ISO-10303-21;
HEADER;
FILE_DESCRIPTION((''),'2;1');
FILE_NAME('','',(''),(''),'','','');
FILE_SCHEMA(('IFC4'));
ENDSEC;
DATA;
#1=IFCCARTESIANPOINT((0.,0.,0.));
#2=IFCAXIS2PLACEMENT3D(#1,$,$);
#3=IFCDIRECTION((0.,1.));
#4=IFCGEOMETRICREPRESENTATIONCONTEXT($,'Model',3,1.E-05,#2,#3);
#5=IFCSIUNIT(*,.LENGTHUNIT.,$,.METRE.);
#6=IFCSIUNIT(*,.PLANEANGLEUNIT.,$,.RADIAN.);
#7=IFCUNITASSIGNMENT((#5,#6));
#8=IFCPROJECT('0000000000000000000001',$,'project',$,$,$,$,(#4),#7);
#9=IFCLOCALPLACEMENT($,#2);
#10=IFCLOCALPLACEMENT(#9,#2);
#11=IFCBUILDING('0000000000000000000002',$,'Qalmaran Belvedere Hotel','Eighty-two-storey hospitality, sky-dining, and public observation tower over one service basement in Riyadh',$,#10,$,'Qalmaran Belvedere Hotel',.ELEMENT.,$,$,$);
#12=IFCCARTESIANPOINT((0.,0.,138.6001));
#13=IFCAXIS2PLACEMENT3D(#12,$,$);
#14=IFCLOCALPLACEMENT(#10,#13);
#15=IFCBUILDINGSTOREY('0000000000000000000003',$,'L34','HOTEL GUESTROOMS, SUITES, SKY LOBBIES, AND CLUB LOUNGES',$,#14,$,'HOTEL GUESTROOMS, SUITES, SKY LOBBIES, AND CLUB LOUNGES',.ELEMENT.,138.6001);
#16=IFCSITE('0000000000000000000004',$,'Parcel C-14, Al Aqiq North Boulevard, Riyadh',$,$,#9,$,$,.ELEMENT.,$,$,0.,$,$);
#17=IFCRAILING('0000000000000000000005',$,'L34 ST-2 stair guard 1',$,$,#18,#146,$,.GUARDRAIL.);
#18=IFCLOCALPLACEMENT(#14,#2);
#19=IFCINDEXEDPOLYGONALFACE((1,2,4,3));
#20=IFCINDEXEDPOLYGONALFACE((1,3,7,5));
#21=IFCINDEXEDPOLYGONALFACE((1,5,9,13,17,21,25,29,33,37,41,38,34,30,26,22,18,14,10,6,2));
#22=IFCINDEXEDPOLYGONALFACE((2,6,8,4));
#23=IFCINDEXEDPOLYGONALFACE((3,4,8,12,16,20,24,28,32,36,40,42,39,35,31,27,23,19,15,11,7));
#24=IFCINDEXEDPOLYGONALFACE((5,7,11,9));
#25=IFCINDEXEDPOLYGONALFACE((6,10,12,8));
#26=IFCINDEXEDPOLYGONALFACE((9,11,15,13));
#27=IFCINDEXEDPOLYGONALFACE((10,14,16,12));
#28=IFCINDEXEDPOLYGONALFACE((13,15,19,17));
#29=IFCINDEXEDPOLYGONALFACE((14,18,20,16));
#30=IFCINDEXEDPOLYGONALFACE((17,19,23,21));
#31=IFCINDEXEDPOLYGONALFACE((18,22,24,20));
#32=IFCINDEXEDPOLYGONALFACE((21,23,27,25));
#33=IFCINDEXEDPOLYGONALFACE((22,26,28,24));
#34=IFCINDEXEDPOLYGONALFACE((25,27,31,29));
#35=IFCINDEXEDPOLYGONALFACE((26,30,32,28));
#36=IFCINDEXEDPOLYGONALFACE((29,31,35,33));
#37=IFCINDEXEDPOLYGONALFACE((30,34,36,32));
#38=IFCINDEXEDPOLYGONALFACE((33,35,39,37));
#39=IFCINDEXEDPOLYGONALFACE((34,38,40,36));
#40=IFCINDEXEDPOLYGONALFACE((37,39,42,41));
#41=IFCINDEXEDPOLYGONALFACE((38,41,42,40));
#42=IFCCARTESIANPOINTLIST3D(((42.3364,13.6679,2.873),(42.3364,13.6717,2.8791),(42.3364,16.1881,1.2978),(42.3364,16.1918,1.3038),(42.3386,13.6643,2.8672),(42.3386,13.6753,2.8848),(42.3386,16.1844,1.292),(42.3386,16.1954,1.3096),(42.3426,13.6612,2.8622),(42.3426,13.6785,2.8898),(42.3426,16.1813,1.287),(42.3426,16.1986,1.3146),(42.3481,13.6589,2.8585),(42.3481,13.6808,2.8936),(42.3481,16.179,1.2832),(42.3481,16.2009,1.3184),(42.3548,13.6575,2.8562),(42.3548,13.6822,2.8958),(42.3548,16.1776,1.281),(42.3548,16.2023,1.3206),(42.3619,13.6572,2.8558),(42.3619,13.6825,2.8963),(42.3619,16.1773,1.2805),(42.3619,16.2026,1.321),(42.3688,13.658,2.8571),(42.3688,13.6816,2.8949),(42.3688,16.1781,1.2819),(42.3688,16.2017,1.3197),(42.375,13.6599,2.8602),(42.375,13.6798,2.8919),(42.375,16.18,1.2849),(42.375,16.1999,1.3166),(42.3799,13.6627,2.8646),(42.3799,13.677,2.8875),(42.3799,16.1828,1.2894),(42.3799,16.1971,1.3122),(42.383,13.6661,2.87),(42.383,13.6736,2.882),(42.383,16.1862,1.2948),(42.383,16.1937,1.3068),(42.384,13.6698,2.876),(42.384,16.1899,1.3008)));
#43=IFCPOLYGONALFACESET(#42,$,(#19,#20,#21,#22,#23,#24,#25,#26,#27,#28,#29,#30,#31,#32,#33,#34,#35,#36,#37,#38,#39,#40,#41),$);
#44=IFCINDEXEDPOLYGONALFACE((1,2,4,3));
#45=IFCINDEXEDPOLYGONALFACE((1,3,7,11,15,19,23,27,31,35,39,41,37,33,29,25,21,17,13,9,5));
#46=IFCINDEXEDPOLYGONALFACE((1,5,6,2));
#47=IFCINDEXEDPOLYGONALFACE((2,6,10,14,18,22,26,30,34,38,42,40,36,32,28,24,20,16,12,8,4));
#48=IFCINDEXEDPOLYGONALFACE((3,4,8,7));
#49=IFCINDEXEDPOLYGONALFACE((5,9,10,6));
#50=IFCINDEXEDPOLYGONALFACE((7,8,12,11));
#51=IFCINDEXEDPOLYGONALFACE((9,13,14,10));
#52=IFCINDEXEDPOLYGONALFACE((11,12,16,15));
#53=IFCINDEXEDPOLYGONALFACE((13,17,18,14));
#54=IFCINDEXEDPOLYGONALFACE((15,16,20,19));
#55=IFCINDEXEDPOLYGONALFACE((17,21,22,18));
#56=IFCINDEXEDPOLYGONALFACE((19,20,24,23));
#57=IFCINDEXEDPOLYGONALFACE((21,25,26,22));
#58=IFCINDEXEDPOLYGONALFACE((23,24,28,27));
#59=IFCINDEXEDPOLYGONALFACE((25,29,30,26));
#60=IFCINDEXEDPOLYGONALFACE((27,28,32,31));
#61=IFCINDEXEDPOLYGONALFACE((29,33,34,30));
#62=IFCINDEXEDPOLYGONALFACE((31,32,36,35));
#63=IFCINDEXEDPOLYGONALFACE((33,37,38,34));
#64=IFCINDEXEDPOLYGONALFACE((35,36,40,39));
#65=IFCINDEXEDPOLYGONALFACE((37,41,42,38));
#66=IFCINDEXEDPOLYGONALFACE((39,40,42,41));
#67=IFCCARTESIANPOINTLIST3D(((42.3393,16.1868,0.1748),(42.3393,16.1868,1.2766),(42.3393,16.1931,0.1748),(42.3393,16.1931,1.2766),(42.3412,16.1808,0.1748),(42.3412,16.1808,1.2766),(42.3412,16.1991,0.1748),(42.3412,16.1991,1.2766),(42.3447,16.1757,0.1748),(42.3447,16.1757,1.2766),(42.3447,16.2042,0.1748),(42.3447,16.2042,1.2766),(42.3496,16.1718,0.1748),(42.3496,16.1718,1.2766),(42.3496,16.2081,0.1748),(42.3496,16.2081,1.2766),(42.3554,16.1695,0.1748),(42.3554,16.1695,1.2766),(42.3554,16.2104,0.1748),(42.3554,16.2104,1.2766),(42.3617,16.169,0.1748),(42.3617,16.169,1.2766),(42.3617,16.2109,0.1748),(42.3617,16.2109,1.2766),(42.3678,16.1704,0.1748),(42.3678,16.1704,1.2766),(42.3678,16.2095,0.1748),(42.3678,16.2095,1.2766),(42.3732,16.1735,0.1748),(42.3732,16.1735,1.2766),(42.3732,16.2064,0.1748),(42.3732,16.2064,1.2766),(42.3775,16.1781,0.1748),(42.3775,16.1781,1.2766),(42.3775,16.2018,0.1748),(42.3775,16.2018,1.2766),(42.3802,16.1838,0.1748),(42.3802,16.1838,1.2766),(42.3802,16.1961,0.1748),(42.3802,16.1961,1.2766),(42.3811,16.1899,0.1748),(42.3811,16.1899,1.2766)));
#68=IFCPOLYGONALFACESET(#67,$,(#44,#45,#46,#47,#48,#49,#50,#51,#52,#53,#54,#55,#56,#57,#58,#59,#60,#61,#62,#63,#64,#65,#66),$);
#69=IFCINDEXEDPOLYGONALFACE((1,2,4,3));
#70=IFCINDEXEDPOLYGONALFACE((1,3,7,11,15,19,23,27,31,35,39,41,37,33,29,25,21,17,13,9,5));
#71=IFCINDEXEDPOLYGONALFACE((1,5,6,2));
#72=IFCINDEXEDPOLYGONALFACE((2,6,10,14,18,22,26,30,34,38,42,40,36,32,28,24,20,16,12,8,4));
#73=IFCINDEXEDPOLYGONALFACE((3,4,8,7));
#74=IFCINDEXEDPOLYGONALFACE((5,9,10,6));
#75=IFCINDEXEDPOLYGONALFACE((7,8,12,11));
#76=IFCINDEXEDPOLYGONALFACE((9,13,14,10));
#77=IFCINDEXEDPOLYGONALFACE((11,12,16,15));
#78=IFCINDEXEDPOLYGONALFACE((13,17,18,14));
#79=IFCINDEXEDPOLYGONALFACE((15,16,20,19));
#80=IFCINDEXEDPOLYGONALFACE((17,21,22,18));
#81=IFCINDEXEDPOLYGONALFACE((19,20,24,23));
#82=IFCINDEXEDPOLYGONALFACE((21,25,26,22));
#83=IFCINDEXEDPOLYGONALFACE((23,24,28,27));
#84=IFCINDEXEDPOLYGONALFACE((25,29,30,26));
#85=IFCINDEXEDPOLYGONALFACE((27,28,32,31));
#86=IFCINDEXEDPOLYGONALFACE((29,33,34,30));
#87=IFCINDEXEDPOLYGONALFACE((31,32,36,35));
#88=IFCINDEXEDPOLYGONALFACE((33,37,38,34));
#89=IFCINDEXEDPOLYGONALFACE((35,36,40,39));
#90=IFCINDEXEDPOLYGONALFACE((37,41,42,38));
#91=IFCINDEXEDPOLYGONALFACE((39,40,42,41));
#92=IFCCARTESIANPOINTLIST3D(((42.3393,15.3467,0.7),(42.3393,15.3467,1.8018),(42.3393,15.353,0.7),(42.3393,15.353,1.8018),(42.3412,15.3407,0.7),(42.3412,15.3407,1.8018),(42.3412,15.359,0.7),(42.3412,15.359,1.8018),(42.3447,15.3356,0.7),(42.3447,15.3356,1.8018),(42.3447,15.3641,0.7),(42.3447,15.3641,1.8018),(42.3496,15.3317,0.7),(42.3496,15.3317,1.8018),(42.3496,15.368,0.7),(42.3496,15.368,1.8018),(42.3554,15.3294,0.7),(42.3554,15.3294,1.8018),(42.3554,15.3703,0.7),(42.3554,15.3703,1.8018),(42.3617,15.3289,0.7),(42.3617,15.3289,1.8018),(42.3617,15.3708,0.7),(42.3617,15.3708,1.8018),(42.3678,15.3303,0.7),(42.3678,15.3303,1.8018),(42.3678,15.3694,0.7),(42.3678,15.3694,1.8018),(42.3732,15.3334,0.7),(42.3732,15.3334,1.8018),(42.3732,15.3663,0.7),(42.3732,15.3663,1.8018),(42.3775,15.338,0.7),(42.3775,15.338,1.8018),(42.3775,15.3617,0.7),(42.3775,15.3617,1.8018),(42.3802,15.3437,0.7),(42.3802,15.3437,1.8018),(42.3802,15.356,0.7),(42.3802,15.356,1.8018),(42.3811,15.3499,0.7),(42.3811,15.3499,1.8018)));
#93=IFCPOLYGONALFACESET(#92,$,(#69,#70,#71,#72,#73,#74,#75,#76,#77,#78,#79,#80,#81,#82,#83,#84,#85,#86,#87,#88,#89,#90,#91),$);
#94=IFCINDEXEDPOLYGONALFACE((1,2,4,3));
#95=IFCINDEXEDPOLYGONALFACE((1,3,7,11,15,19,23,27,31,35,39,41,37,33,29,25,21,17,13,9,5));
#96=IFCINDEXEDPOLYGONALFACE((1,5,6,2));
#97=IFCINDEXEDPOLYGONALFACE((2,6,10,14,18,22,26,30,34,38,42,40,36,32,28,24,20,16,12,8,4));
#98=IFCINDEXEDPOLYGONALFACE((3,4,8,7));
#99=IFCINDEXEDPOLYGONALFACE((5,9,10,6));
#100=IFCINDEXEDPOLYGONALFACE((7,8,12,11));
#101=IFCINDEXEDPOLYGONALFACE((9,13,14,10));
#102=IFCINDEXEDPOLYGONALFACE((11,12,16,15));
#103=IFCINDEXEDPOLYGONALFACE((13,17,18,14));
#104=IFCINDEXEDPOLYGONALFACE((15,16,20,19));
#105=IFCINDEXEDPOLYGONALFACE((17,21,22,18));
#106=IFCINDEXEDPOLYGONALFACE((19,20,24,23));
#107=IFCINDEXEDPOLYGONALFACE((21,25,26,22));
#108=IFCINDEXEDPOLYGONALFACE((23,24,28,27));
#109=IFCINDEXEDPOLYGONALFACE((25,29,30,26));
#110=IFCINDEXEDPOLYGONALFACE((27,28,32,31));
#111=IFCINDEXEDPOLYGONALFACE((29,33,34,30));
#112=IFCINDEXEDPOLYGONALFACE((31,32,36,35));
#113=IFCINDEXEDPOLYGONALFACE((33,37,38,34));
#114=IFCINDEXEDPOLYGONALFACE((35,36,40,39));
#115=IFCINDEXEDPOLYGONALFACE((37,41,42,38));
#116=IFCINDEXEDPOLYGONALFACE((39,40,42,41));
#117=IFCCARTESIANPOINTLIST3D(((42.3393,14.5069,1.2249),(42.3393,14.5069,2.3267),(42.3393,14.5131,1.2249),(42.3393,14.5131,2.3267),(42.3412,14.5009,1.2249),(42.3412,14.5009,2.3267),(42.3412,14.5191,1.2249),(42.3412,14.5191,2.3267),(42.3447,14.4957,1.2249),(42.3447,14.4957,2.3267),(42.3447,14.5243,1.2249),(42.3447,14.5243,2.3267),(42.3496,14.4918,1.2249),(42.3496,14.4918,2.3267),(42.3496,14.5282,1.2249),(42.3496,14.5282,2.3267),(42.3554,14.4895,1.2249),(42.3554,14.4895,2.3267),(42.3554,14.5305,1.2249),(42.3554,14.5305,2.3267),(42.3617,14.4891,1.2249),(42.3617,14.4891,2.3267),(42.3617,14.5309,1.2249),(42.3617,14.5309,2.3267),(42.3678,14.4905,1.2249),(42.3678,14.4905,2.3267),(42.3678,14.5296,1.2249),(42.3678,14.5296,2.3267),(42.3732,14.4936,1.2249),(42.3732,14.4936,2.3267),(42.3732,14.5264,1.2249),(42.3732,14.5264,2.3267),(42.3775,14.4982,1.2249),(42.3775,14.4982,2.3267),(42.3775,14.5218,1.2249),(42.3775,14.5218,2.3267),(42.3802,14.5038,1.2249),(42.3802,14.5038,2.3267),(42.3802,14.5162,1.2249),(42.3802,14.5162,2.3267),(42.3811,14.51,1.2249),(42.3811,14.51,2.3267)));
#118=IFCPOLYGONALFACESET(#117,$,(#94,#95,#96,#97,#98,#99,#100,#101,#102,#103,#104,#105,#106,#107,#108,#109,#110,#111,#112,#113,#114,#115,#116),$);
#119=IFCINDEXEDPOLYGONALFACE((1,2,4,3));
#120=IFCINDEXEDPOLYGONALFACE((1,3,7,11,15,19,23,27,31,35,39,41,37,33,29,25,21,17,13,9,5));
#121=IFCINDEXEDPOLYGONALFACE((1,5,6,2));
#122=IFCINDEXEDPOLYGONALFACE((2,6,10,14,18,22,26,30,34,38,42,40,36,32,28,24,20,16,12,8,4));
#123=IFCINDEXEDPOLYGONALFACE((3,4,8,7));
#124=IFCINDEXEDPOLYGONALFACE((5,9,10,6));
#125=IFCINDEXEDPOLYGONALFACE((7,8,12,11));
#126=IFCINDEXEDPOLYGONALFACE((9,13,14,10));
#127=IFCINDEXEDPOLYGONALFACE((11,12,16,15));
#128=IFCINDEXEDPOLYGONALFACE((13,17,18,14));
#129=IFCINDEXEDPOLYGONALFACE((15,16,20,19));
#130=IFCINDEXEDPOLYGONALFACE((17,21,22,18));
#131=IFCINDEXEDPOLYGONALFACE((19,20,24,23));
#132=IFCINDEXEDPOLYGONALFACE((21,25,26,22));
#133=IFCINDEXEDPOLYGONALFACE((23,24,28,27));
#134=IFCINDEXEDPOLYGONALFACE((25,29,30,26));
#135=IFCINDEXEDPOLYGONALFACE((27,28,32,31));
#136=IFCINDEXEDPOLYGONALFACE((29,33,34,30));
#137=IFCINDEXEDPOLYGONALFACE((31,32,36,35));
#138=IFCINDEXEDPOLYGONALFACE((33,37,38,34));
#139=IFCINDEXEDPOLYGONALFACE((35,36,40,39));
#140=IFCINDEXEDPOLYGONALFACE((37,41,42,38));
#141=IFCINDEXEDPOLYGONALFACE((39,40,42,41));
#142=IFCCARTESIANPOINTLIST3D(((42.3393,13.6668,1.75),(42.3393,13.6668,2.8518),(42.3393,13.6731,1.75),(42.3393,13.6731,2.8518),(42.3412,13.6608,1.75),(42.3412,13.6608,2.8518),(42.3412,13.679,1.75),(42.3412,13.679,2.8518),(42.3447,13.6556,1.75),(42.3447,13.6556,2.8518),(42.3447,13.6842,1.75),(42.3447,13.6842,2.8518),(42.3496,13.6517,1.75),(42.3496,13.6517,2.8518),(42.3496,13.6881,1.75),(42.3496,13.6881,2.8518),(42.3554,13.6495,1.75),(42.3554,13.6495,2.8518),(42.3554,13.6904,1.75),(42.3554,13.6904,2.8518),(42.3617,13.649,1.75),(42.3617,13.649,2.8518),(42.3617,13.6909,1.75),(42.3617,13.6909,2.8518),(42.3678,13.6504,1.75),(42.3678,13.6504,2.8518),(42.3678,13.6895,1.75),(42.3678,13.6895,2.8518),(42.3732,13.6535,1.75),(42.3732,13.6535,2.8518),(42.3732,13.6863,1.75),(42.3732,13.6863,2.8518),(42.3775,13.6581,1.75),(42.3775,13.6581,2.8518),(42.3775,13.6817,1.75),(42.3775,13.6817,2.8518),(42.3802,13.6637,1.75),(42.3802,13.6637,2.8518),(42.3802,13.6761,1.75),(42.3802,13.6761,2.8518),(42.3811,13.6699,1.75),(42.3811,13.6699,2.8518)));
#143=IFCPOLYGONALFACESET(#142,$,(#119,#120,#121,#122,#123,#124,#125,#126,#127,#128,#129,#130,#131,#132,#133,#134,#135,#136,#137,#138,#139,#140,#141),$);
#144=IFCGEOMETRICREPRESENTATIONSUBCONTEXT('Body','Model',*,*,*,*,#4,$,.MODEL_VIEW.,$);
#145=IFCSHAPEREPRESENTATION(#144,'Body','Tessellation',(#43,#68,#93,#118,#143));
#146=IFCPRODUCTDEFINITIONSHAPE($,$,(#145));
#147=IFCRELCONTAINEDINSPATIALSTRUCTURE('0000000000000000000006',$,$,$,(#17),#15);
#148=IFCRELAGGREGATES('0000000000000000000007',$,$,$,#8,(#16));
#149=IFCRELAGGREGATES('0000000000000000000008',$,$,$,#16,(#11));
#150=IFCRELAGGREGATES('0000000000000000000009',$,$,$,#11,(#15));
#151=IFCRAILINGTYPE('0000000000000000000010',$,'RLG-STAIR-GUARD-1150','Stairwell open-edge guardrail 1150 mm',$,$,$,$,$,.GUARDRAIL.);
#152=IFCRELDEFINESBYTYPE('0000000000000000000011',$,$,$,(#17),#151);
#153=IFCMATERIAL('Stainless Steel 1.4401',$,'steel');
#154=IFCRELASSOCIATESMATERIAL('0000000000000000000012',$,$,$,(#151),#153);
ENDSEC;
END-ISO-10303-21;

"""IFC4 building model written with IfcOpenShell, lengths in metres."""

from ifc_helpers import new_model, si_unit, direction, frame, origin, origin_2d, place, context, subcontext, project, spatial, circle, extrude, material, type_object, element, save


model = new_model("IFC4")

# Units and contexts
model_context = context("Model", 3, precision=1e-05, world=origin(), true_north=direction((0.0, 1.0)))
body_context = subcontext(model_context, "Body", "Model", "MODEL_VIEW")
ifc_project = project(units=[si_unit("LENGTHUNIT", "METRE"), si_unit("PLANEANGLEUNIT", "RADIAN")], contexts=[model_context])

# Site, building, storey
site_placement = place(None, origin())
site = spatial("IfcSite", under=ifc_project, at=site_placement, Name="Parcel C-14, Al Aqiq North Boulevard, Riyadh", CompositionType="ELEMENT", RefElevation=0.0)
building_placement = place(site_placement, origin())
building = spatial("IfcBuilding", under=site, at=building_placement, Name="Qalmaran Belvedere Hotel", Description="Eighty-two-storey hospitality, sky-dining, and public observation tower over one service basement in Riyadh", LongName="Qalmaran Belvedere Hotel", CompositionType="ELEMENT")
storey_placement = place(building_placement, frame((0.0, 0.0, 138.6001)))
storey = spatial("IfcBuildingStorey", under=building, at=storey_placement, Name="L34", Description="HOTEL GUESTROOMS, SUITES, SKY LOBBIES, AND CLUB LOUNGES", LongName="HOTEL GUESTROOMS, SUITES, SKY LOBBIES, AND CLUB LOUNGES", CompositionType="ELEMENT", Elevation=138.6001)

# Shared definitions
ifc_material_1 = material(Name="Stainless Steel 1.4401", Category="steel")

# Railing
railing_type_1 = type_object("IfcRailingType", Name="RLG-STAIR-GUARD-1150", Description="Stairwell open-edge guardrail 1150 mm", PredefinedType="GUARDRAIL", material=ifc_material_1)
railing_1_placement = place(storey_placement, frame((42.3601, 16.1899, 0.1748)))
element("IfcRailing", 1, at=railing_1_placement, inside=storey, type_object=railing_type_1, Name="L34 ST-2 stair guard 1", PredefinedType="GUARDRAIL", context=body_context, shape_type="SweptSolid", body=[
    extrude(circle(Radius=0.0239, at=origin_2d()), frame((0.0, 0.0, 1.126), z_axis=(0.0, -0.847971, 0.530043), x_axis=(1.0, 0.0, 0.0)), (0.0, 0.0, 1.0), 2.9719),
    extrude(circle(Radius=0.021, at=origin_2d()), origin(), (0.0, 0.0, 1.0), 1.1018),
    extrude(circle(Radius=0.021, at=origin_2d()), frame((0.0, -0.8401, 0.5251)), (0.0, 0.0, 1.0), 1.1018),
    extrude(circle(Radius=0.021, at=origin_2d()), frame((0.0, -1.6799, 1.05)), (0.0, 0.0, 1.0), 1.1018),
    extrude(circle(Radius=0.021, at=origin_2d()), frame((0.0, -2.52, 1.5752)), (0.0, 0.0, 1.0), 1.1018),
])

save(model, "model.ifc")
